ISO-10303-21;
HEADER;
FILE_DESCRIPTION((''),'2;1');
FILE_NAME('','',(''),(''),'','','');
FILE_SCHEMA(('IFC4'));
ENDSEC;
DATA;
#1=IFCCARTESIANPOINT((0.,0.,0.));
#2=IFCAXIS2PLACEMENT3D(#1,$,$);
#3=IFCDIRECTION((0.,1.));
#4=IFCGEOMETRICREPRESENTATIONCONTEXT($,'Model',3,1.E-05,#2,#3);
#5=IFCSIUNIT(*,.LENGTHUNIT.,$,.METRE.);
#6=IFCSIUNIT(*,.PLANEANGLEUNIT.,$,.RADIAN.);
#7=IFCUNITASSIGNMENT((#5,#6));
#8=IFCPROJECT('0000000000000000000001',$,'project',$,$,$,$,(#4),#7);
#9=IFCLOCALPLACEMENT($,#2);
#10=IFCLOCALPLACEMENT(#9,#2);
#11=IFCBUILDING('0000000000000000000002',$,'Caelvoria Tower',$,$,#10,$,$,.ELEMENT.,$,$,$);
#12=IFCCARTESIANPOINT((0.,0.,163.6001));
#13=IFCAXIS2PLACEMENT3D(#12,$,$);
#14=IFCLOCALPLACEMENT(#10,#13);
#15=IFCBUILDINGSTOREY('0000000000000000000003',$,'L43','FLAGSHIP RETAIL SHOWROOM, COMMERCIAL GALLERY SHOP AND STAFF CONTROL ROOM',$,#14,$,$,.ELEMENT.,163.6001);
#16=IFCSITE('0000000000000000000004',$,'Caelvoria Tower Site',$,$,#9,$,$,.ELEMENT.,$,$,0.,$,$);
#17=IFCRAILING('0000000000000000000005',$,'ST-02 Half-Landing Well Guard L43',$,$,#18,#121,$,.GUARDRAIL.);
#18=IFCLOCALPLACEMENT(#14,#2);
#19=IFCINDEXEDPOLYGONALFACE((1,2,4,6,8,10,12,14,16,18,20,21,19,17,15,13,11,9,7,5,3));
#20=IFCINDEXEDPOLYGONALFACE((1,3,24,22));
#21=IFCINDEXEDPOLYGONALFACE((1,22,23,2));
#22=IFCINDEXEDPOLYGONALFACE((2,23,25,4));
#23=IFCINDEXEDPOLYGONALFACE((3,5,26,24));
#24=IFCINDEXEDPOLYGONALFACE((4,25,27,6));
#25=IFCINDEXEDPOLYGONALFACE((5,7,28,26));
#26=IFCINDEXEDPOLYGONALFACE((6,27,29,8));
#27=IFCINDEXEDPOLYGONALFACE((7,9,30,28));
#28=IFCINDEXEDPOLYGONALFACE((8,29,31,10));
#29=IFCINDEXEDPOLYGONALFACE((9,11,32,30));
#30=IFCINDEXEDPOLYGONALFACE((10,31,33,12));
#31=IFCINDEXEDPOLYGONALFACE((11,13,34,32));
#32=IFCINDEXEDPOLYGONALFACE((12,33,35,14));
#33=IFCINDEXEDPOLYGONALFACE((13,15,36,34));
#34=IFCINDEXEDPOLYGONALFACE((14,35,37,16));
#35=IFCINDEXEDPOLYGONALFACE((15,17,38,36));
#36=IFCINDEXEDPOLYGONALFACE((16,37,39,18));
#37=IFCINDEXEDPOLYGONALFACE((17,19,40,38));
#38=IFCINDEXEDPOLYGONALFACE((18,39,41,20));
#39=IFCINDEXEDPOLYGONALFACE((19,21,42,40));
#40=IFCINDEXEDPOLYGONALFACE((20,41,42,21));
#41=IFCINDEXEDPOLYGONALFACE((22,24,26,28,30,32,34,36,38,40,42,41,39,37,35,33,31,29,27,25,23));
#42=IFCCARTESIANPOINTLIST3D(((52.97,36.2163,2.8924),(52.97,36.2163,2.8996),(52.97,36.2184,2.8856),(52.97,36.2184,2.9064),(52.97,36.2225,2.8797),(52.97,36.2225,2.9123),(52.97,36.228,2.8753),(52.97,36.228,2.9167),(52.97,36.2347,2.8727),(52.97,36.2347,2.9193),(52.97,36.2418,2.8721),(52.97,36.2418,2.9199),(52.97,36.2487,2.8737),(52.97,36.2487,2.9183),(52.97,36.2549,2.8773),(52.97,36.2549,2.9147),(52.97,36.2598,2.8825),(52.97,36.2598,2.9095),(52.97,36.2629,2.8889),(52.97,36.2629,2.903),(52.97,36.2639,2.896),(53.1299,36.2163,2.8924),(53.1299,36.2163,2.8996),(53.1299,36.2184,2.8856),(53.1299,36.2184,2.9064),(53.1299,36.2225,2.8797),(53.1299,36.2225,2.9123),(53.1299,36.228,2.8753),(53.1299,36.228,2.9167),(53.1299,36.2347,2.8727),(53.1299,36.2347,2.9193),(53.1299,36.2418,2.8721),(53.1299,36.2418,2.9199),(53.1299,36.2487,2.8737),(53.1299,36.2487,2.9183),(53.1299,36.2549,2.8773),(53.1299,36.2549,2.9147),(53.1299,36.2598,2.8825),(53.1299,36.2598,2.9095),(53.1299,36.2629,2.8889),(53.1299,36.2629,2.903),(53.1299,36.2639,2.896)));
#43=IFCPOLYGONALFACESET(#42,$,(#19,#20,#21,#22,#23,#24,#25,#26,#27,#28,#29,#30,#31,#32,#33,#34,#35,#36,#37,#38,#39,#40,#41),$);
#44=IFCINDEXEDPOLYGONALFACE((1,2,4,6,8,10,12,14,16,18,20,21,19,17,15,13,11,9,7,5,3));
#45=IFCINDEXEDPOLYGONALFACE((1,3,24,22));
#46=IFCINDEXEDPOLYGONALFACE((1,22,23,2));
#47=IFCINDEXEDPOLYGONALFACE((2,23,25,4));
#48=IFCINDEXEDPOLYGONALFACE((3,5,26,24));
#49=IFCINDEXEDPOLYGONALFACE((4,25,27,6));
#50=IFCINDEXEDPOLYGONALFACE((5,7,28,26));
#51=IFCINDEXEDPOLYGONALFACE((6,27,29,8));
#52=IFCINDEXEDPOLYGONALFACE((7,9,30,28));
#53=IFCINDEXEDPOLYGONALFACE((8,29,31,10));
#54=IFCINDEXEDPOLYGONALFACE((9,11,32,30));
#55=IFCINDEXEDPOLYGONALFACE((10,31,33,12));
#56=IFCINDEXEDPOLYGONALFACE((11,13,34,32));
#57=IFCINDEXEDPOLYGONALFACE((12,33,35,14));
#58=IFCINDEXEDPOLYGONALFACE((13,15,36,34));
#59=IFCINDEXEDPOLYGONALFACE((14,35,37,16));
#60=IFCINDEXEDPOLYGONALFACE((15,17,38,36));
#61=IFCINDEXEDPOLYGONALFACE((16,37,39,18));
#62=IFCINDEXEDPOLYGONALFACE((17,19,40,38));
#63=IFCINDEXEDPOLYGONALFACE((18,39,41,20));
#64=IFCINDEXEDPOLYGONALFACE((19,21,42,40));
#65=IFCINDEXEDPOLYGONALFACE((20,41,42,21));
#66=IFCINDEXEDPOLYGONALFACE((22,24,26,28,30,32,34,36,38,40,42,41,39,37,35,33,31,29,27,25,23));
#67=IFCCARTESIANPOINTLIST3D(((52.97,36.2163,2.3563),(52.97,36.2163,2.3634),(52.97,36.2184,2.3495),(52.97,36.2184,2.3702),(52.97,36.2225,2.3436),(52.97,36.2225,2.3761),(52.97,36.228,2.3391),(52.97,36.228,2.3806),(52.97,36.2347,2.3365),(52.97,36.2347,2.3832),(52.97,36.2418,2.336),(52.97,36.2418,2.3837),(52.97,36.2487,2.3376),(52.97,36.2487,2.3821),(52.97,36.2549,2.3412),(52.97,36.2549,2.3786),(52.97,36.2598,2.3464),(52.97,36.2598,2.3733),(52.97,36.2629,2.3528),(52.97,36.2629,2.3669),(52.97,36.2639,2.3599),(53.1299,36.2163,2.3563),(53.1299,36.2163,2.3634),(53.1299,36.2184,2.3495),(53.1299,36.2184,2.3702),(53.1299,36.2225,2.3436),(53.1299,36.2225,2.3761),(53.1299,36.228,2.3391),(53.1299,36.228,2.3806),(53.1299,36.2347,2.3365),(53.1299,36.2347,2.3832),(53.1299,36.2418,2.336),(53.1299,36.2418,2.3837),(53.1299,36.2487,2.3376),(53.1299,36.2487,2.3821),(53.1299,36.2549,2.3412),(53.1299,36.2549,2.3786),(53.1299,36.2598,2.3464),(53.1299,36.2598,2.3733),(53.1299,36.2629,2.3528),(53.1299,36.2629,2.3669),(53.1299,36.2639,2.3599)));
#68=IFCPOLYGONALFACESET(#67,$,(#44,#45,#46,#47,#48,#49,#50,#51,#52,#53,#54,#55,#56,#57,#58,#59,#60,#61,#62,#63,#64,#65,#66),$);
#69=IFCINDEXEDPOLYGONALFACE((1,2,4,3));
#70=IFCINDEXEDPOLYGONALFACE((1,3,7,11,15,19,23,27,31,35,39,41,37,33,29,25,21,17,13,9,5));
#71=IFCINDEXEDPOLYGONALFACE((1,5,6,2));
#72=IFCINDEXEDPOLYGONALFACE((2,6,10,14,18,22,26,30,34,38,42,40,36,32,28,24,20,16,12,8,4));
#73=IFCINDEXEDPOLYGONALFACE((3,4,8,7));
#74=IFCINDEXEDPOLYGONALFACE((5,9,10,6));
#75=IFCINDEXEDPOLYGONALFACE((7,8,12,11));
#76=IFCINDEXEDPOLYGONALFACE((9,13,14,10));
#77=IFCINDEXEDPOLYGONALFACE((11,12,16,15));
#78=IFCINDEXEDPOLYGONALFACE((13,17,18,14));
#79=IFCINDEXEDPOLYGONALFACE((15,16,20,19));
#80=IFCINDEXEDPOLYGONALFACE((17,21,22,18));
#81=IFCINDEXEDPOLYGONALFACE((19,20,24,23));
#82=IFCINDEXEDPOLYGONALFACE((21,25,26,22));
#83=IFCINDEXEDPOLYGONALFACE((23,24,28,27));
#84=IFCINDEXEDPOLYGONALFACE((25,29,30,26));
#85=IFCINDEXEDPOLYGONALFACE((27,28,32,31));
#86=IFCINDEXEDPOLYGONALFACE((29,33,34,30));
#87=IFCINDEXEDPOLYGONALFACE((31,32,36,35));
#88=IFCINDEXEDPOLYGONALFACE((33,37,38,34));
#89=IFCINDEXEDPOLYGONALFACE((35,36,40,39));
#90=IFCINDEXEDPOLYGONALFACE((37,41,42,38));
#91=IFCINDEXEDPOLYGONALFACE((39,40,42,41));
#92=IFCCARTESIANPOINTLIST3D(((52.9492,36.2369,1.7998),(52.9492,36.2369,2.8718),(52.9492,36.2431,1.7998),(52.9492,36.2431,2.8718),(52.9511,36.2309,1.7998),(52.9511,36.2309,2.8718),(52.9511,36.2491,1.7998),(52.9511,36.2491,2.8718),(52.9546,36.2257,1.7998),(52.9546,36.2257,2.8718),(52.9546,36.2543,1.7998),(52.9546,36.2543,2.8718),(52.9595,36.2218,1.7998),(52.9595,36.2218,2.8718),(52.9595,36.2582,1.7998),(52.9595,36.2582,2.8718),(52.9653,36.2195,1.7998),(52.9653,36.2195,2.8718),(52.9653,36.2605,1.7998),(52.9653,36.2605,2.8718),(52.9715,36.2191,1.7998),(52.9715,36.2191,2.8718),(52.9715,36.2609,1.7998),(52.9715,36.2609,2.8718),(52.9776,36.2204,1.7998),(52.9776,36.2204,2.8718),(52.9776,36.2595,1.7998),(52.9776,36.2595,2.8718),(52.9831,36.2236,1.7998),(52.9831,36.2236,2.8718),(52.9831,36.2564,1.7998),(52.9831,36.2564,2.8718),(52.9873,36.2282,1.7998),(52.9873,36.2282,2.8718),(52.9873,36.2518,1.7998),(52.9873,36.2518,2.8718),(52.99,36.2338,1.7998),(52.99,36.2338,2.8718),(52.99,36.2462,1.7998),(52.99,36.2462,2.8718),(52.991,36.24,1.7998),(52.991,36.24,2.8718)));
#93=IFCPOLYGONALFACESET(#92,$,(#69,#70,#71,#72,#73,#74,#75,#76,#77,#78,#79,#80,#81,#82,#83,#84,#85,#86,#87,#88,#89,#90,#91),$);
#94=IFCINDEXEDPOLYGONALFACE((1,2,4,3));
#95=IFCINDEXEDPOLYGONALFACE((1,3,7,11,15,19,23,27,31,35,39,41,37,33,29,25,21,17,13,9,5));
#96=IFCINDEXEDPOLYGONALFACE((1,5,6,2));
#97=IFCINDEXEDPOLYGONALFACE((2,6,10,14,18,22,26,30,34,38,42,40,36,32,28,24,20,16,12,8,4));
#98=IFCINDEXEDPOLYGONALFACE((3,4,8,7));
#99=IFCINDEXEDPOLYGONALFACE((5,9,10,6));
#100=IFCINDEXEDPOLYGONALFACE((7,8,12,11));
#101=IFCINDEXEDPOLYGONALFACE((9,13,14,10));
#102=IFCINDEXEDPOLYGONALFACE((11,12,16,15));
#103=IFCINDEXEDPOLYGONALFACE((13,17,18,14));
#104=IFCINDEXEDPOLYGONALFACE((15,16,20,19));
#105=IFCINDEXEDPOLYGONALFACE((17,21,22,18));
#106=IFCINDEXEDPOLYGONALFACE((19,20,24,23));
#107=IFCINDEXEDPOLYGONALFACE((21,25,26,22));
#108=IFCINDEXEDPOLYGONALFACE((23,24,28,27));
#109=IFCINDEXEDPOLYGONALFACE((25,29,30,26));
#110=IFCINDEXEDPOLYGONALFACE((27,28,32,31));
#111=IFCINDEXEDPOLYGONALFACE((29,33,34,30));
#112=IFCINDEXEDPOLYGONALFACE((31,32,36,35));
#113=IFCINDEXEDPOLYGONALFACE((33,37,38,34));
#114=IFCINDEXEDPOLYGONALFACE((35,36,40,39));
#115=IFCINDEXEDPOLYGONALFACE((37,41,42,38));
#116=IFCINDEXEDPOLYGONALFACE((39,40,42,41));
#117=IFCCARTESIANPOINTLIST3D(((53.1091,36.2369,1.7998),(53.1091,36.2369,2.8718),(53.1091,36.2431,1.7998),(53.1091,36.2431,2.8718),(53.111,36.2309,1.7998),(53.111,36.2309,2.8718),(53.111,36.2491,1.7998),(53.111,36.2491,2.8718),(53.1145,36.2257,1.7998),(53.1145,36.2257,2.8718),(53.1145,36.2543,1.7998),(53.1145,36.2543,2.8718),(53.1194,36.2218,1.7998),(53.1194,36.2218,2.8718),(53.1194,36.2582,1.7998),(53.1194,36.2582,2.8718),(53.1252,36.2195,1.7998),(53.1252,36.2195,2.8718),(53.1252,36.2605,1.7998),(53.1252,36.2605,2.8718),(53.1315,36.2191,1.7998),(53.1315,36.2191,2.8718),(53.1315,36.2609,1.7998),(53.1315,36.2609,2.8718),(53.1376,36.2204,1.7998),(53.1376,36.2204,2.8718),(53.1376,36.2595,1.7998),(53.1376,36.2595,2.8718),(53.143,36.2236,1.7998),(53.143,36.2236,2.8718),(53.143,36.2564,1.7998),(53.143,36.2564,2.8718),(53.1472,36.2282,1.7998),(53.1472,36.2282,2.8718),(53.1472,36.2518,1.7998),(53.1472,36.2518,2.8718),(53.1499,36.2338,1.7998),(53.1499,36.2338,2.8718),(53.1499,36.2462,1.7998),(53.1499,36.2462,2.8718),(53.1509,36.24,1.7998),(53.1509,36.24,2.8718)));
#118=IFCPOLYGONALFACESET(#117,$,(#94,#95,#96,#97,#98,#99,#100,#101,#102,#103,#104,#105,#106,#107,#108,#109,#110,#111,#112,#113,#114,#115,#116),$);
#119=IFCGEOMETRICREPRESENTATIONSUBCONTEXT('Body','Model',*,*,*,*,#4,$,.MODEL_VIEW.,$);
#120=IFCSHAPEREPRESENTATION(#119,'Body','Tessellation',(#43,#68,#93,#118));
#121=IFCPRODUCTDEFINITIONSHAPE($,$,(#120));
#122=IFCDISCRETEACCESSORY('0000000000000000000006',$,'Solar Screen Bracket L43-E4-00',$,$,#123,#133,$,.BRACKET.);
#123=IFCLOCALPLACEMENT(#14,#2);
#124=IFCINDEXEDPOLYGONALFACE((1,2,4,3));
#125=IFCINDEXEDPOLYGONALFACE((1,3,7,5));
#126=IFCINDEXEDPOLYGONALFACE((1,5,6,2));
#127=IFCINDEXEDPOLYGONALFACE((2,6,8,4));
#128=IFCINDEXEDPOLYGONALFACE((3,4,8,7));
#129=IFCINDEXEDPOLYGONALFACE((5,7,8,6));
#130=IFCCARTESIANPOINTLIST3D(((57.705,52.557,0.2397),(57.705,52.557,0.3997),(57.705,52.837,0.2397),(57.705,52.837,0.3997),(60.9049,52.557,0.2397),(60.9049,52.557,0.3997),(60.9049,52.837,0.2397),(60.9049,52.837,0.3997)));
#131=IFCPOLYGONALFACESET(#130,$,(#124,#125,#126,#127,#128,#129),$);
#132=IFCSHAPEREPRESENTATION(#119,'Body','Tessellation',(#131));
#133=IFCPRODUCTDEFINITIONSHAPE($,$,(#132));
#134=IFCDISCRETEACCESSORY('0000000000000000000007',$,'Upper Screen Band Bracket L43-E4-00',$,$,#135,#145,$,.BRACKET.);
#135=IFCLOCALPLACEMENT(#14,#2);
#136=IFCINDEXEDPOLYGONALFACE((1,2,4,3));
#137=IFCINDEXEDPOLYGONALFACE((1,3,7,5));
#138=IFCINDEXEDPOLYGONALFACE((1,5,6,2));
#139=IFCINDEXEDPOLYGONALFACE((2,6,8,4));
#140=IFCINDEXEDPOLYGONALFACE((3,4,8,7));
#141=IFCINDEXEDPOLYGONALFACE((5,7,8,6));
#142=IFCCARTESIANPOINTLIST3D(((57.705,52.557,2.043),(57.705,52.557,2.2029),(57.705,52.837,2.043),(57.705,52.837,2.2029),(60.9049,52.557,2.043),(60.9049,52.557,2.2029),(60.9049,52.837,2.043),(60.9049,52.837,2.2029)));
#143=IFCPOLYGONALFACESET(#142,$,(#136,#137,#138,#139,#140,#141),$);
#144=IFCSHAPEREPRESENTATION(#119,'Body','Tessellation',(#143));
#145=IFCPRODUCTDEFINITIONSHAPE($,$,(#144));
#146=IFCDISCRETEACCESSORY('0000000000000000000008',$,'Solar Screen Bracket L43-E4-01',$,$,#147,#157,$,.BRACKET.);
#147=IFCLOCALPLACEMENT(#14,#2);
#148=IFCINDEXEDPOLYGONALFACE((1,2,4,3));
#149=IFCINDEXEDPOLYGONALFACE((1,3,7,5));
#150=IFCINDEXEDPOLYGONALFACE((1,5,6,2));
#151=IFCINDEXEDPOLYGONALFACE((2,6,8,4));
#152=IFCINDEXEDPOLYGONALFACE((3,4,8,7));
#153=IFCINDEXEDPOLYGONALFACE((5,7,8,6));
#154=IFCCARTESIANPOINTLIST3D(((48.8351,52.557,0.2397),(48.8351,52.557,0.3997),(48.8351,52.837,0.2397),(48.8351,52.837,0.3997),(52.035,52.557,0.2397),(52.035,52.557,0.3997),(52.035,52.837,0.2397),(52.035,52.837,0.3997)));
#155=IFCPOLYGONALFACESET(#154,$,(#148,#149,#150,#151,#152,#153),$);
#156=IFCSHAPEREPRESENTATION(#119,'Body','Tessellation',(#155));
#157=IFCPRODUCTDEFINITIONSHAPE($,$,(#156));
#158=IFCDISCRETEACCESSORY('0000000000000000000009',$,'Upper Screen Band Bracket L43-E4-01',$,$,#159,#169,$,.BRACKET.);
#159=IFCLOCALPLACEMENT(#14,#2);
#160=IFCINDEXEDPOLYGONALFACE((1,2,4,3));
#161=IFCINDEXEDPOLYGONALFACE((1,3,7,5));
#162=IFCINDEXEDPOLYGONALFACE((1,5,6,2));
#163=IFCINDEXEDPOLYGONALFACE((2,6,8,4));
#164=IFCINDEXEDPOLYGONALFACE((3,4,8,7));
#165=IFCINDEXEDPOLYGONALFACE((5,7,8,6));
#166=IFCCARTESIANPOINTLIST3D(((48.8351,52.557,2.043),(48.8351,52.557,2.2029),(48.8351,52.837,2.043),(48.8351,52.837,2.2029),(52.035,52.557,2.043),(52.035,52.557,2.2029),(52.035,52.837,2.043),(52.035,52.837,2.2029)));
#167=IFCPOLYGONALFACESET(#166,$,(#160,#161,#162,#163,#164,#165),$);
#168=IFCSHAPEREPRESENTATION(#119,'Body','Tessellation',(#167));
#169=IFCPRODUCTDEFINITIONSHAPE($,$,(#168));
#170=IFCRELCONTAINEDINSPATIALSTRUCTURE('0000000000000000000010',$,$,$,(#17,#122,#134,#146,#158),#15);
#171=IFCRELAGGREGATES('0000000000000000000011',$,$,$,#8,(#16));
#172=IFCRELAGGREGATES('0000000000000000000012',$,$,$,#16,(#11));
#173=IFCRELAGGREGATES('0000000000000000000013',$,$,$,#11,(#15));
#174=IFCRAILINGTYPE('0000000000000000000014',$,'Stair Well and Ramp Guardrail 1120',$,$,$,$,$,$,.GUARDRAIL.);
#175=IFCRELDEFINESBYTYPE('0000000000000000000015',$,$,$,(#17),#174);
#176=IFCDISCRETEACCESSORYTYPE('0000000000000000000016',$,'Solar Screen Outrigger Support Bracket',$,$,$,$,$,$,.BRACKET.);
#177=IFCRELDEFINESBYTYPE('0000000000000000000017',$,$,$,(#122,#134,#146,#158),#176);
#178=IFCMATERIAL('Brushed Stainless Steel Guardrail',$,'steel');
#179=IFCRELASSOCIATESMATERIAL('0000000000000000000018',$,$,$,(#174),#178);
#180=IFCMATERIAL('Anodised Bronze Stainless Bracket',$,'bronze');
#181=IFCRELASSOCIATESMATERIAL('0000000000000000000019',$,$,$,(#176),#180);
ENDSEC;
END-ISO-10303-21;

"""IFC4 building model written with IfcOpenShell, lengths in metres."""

from ifc_helpers import new_model, si_unit, direction, frame, origin, origin_2d, place, context, subcontext, project, spatial, rectangle, circle, extrude, material, type_object, element, save


model = new_model("IFC4")

# Units and contexts
model_context = context("Model", 3, precision=1e-05, world=origin(), true_north=direction((0.0, 1.0)))
body_context = subcontext(model_context, "Body", "Model", "MODEL_VIEW")
ifc_project = project(units=[si_unit("LENGTHUNIT", "METRE"), si_unit("PLANEANGLEUNIT", "RADIAN")], contexts=[model_context])

# Site, building, storey
site_placement = place(None, origin())
site = spatial("IfcSite", under=ifc_project, at=site_placement, Name="Caelvoria Tower Site", CompositionType="ELEMENT", RefElevation=0.0)
building_placement = place(site_placement, origin())
building = spatial("IfcBuilding", under=site, at=building_placement, Name="Caelvoria Tower", CompositionType="ELEMENT")
storey_placement = place(building_placement, frame((0.0, 0.0, 163.6001)))
storey = spatial("IfcBuildingStorey", under=building, at=storey_placement, Name="L43", Description="FLAGSHIP RETAIL SHOWROOM, COMMERCIAL GALLERY SHOP AND STAFF CONTROL ROOM", CompositionType="ELEMENT", Elevation=163.6001)

# Railing
ifc_material_1 = material(Name="Brushed Stainless Steel Guardrail", Category="steel")
railing_type_1 = type_object("IfcRailingType", Name="Stair Well and Ramp Guardrail 1120", PredefinedType="GUARDRAIL", material=ifc_material_1)
railing_1_placement = place(storey_placement, frame((52.97, 36.24, 1.7998)))
element("IfcRailing", 1, at=railing_1_placement, inside=storey, type_object=railing_type_1, Name="ST-02 Half-Landing Well Guard L43", PredefinedType="GUARDRAIL", context=body_context, shape_type="SweptSolid", body=[
    extrude(circle(Radius=0.0239, at=origin_2d()), frame((0.0, 0.0, 1.0962), z_axis=(1.0, 0.0, 0.0), x_axis=(0.0, 1.0, 0.0)), (0.0, 0.0, 1.0), 0.1599),
    extrude(circle(Radius=0.0239, at=origin_2d()), frame((0.0, 0.0, 0.5601), z_axis=(1.0, 0.0, 0.0), x_axis=(0.0, 1.0, 0.0)), (0.0, 0.0, 1.0), 0.1599),
    extrude(circle(Radius=0.021, at=origin_2d()), origin(), (0.0, 0.0, 1.0), 1.072),
    extrude(circle(Radius=0.021, at=origin_2d()), frame((0.1599, 0.0, 0.0)), (0.0, 0.0, 1.0), 1.072),
])

# Discrete accessories
ifc_material_2 = material(Name="Anodised Bronze Stainless Bracket", Category="bronze")
discrete_accessory_type = type_object("IfcDiscreteAccessoryType", Name="Solar Screen Outrigger Support Bracket", PredefinedType="BRACKET", material=ifc_material_2)
for number, where, z_axis, x_axis, name in (
    (2, (59.3049, 52.697, 0.2397), (0.0, 0.0, 1.0), (-1.0, 0.0, 0.0), "Solar Screen Bracket L43-E4-00"),
    (3, (59.3049, 52.697, 2.043), (0.0, 0.0, 1.0), (-1.0, 0.0, 0.0), "Upper Screen Band Bracket L43-E4-00"),
    (4, (50.4351, 52.697, 0.2397), (0.0, 0.0, 1.0), (-1.0, 0.0, 0.0), "Solar Screen Bracket L43-E4-01"),
    (5, (50.4351, 52.697, 2.043), (0.0, 0.0, 1.0), (-1.0, 0.0, 0.0), "Upper Screen Band Bracket L43-E4-01"),
):
    element("IfcDiscreteAccessory", number, at=place(storey_placement, frame(where, z_axis=z_axis, x_axis=x_axis)), inside=storey, type_object=discrete_accessory_type, Name=name, PredefinedType="BRACKET", context=body_context, shape_type="SweptSolid", body=[
        extrude(rectangle(XDim=3.2, YDim=0.28, at=origin_2d()), origin(), (0.0, 0.0, 1.0), 0.1599),
    ])

save(model, "model.ifc")
